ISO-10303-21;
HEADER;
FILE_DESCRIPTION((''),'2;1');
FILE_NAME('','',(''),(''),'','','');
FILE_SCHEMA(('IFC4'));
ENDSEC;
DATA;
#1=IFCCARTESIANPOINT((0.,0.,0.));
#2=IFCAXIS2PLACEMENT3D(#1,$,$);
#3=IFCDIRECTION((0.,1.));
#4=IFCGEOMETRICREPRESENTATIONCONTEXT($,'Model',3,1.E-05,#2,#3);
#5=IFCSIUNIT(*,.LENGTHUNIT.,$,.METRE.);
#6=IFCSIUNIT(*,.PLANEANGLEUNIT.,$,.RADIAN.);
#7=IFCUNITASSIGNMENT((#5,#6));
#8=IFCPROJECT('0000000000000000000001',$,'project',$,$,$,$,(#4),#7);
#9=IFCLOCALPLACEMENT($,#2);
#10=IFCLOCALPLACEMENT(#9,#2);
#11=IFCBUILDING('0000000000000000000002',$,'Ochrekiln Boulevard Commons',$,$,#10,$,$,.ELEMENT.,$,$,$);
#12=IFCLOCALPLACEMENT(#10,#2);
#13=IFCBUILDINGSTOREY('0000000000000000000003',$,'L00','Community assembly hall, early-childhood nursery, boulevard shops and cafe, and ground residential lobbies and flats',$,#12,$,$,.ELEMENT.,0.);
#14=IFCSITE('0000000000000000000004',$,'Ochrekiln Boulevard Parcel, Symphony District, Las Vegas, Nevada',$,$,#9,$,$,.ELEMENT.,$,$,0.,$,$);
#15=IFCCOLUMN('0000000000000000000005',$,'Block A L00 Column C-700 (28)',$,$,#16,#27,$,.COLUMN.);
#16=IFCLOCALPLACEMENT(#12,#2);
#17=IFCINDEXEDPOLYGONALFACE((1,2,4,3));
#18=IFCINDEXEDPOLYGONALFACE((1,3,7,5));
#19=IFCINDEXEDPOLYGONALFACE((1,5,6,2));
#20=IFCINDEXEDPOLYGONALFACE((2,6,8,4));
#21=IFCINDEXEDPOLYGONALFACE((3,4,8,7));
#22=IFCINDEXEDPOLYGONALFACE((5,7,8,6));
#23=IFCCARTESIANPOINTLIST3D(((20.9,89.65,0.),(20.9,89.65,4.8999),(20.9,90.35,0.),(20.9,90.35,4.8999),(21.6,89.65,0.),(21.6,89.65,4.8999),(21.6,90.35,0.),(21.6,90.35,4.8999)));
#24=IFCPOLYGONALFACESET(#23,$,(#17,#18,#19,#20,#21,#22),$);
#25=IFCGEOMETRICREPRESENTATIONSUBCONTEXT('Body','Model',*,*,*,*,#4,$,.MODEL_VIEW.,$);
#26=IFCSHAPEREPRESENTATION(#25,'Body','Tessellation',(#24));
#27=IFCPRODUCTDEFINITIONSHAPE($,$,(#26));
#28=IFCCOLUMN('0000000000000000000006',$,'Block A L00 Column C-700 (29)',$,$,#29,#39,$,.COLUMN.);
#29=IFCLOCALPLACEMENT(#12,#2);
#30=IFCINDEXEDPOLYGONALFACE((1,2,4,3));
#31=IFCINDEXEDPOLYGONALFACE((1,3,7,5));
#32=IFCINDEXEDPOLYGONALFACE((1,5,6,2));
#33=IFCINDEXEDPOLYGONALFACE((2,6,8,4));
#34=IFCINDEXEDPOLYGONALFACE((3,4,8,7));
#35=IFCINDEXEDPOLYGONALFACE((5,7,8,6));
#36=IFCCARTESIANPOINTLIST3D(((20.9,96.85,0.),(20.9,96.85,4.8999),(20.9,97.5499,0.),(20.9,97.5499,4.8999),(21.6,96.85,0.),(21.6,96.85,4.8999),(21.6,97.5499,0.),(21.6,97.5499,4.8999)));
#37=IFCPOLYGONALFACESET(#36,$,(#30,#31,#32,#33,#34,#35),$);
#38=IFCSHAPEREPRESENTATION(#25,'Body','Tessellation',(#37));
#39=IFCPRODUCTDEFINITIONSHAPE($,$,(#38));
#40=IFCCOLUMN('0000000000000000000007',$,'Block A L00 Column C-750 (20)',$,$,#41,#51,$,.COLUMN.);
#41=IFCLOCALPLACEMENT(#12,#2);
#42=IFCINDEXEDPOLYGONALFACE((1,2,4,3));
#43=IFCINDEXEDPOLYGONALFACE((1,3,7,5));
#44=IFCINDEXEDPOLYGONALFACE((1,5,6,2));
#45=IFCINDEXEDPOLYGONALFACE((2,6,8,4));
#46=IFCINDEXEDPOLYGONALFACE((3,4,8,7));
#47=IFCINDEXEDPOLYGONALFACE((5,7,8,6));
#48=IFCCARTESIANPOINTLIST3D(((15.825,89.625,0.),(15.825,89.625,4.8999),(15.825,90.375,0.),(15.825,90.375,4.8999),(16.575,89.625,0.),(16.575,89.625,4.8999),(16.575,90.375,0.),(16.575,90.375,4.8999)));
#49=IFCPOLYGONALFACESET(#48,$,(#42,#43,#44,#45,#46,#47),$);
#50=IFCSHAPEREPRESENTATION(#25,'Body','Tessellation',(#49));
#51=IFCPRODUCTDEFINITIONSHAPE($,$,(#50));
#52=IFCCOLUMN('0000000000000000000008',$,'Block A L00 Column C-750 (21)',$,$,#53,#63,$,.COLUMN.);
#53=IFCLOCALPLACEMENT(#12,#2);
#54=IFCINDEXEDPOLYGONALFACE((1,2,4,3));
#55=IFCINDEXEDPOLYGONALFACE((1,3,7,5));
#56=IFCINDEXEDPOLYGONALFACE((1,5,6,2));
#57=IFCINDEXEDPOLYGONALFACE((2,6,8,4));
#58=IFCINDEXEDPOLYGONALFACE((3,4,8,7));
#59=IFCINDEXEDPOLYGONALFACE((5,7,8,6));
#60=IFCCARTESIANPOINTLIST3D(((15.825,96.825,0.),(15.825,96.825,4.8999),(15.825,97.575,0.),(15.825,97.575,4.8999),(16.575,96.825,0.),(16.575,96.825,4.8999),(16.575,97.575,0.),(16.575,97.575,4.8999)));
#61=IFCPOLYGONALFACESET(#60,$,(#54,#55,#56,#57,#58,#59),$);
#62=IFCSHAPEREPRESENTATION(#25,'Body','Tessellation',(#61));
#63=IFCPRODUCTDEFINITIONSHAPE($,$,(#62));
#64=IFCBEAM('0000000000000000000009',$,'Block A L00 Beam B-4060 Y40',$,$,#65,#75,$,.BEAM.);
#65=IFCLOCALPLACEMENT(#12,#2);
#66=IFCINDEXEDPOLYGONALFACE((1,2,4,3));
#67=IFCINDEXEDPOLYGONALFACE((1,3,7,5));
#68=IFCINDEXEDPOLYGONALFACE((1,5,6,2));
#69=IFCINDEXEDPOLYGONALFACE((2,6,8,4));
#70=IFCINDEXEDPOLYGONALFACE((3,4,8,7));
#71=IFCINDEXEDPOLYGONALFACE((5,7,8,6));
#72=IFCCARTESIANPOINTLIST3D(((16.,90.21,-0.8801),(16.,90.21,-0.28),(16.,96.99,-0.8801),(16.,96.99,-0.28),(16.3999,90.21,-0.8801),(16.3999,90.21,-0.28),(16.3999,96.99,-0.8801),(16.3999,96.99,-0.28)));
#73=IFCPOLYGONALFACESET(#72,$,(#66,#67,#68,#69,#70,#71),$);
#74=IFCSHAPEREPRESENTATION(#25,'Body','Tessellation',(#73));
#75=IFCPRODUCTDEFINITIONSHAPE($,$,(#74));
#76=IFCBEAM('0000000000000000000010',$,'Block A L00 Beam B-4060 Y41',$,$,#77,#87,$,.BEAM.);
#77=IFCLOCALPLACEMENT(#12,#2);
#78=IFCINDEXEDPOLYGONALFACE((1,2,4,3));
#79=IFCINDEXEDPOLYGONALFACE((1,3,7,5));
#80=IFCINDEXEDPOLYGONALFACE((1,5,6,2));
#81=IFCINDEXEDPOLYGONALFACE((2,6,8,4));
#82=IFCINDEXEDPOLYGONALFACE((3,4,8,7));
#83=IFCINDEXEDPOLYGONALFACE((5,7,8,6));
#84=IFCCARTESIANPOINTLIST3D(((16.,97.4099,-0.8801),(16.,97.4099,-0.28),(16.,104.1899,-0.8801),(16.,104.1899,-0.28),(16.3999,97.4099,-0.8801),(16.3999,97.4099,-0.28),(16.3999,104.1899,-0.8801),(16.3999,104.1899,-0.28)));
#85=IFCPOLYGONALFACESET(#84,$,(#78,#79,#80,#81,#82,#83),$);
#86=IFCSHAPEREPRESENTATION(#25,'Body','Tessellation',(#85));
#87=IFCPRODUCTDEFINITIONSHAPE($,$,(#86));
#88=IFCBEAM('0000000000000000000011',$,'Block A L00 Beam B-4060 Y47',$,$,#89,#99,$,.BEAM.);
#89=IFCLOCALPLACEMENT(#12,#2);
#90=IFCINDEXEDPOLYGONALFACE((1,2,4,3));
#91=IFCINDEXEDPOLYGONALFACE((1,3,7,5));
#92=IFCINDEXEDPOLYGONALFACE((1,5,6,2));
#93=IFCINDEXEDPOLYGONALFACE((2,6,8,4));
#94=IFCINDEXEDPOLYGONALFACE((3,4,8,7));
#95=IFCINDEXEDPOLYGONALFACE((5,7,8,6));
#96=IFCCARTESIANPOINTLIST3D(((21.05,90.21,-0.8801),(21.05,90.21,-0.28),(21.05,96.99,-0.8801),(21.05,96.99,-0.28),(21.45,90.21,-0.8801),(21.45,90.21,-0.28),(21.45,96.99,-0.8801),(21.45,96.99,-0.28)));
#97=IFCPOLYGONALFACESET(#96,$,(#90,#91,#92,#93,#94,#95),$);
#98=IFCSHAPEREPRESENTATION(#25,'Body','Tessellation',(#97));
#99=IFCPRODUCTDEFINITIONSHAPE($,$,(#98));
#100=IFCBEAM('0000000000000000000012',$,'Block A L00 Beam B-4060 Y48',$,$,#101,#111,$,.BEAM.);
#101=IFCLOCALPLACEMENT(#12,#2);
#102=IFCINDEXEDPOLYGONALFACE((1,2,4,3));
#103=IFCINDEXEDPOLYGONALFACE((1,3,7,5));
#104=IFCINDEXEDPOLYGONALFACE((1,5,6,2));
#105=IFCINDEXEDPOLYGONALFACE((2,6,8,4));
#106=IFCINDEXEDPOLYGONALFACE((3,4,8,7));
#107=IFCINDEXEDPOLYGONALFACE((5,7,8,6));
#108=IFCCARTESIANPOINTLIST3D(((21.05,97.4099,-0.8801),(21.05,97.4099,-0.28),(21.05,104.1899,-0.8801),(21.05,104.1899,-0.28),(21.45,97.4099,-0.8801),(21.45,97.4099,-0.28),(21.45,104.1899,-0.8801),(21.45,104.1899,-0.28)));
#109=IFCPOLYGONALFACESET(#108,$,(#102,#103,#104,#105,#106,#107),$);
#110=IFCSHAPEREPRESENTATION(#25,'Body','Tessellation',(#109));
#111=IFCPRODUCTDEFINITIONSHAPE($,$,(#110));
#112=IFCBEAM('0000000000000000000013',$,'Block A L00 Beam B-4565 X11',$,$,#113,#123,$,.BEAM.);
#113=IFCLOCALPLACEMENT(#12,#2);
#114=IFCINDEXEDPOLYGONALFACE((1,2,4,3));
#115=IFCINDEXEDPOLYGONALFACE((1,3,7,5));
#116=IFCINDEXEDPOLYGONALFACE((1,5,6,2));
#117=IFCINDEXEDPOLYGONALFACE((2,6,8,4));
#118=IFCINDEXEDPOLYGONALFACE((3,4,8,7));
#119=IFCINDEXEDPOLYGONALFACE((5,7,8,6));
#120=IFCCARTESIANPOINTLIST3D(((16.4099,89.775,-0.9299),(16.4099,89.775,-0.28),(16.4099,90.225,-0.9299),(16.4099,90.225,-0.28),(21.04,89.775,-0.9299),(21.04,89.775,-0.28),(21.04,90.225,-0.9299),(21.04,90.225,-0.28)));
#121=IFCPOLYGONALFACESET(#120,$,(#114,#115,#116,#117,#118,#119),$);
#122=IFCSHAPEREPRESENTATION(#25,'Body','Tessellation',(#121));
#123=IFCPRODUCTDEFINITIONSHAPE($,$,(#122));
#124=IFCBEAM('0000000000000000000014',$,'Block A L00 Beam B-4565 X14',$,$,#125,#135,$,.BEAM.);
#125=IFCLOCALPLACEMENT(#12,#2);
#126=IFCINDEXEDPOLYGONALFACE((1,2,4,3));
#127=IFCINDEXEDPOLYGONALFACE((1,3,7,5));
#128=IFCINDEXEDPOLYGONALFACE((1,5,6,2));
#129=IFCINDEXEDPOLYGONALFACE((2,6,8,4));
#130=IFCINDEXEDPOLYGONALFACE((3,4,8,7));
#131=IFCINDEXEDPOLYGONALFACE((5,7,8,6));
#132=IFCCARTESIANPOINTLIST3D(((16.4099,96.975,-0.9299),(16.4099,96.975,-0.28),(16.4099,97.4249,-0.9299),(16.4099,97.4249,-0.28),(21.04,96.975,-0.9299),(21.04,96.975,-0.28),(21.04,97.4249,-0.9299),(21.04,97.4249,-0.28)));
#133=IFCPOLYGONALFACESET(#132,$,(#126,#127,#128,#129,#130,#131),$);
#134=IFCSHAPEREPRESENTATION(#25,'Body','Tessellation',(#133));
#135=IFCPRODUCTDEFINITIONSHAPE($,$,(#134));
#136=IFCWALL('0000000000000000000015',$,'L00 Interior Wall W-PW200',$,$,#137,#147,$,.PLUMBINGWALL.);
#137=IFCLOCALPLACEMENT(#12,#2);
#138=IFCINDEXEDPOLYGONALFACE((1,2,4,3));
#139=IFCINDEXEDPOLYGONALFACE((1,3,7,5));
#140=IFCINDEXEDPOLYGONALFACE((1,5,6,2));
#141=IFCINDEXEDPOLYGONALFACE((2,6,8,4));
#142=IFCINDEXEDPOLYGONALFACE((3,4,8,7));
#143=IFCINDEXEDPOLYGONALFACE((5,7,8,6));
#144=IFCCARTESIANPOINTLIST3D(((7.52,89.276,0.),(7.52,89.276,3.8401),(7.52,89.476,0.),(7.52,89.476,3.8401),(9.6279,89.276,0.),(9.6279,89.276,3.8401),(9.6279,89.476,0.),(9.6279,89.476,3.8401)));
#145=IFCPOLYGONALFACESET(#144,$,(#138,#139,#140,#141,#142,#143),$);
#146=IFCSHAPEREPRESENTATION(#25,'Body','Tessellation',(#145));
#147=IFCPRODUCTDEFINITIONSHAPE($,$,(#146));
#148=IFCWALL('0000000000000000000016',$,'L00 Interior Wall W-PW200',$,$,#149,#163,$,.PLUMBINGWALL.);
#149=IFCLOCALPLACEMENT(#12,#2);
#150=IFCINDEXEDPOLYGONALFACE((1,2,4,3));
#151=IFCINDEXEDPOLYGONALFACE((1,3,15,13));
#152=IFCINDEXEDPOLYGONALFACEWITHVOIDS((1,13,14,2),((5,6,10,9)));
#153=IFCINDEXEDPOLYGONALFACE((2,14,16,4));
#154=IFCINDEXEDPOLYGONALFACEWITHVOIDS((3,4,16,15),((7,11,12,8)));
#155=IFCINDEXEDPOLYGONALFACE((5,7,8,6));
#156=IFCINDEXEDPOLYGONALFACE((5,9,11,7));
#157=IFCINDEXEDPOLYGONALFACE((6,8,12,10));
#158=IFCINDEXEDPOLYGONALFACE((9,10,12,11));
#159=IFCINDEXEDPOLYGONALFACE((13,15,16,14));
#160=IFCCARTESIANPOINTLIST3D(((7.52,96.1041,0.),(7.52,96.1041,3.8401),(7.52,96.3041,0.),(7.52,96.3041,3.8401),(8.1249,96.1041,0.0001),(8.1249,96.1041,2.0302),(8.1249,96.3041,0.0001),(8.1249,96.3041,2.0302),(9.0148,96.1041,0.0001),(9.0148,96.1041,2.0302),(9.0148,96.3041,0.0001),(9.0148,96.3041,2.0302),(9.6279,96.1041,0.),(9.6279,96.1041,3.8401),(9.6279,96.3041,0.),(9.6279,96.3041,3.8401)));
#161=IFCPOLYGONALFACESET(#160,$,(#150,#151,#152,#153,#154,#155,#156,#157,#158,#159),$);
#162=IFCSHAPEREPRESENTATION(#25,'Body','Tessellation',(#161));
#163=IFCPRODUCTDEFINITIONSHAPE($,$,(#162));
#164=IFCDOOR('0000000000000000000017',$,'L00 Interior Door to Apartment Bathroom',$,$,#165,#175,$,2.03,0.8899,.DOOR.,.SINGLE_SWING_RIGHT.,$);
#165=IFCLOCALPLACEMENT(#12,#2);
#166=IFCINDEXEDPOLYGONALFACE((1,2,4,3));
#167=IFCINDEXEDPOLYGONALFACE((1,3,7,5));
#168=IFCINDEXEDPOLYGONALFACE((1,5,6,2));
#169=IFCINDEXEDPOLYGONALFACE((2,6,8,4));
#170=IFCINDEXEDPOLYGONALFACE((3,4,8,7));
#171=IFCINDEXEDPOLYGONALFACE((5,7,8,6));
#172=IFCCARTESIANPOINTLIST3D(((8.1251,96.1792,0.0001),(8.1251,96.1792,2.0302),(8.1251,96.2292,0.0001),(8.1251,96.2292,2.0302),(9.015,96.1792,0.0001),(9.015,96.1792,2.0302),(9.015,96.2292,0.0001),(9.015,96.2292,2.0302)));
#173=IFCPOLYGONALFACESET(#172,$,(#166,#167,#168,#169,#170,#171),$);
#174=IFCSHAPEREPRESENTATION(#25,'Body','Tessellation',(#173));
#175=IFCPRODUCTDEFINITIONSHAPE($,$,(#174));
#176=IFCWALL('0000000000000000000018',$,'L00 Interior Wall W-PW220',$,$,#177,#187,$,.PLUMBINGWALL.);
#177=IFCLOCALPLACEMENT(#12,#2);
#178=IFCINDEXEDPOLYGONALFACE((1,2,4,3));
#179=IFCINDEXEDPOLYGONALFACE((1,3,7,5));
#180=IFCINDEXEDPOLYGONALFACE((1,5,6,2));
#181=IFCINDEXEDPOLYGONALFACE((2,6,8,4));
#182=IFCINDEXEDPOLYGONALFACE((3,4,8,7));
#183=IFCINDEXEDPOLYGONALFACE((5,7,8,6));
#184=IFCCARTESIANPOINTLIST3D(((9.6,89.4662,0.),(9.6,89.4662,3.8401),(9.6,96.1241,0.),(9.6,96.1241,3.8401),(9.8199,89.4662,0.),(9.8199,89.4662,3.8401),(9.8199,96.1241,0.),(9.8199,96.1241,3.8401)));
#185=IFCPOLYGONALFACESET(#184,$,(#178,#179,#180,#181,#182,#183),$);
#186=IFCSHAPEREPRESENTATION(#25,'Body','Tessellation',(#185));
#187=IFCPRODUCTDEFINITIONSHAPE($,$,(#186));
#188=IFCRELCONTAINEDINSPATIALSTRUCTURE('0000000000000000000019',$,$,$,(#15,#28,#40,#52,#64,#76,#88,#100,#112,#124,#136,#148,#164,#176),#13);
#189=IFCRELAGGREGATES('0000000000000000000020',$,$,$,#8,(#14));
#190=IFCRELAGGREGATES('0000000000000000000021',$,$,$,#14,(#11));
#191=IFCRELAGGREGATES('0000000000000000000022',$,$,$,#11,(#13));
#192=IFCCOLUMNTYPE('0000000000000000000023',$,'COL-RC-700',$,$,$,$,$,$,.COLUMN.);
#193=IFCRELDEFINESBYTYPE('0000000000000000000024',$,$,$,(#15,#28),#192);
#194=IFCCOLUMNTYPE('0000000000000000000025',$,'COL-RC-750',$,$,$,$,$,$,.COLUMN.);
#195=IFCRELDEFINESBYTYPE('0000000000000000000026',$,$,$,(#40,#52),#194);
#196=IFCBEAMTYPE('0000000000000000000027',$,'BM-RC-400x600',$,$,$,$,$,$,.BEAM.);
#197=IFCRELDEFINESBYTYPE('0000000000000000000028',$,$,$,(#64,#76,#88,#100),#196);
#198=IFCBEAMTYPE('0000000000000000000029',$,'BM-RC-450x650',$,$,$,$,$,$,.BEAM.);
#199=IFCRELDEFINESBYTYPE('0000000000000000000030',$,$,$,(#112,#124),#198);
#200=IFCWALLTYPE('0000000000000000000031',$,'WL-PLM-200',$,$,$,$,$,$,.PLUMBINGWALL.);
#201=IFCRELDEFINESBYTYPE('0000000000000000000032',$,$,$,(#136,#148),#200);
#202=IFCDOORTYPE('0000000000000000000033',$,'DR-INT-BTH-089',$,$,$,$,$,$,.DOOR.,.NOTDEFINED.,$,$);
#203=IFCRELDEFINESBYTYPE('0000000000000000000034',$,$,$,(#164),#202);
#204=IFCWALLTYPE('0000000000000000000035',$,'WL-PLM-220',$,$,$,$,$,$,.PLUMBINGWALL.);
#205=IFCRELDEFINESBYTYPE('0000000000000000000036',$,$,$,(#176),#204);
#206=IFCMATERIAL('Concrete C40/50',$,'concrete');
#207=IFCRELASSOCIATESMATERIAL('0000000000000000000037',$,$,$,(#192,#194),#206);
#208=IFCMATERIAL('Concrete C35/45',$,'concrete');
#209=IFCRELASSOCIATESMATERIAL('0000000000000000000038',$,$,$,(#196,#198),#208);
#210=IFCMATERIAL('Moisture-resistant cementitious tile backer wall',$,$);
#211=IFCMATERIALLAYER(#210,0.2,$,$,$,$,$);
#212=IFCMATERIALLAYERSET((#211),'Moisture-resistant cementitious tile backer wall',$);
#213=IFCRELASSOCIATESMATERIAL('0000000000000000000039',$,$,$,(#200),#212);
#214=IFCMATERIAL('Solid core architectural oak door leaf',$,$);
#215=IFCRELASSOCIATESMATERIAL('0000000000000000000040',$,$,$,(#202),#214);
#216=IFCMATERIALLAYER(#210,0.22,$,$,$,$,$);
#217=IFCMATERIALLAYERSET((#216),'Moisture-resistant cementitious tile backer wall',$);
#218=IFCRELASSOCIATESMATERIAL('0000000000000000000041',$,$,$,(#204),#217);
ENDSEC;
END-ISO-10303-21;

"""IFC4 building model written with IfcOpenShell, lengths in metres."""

from ifc_helpers import new_model, si_unit, direction, frame, frame_2d, origin, origin_2d, place, context, subcontext, project, spatial, rectangle, extrude, material, layer, layer_set, material_profile, profile_set, type_object, element, fill, save


model = new_model("IFC4")

# Units and contexts
model_context = context("Model", 3, precision=1e-05, world=origin(), true_north=direction((0.0, 1.0)))
body_context = subcontext(model_context, "Body", "Model", "MODEL_VIEW")
ifc_project = project(units=[si_unit("LENGTHUNIT", "METRE"), si_unit("PLANEANGLEUNIT", "RADIAN")], contexts=[model_context])

# Site, building, storey
site_placement = place(None, origin())
site = spatial("IfcSite", under=ifc_project, at=site_placement, Name="Ochrekiln Boulevard Parcel, Symphony District, Las Vegas, Nevada", CompositionType="ELEMENT", RefElevation=0.0)
building_placement = place(site_placement, origin())
building = spatial("IfcBuilding", under=site, at=building_placement, Name="Ochrekiln Boulevard Commons", CompositionType="ELEMENT")
storey_placement = place(building_placement, origin())
storey = spatial("IfcBuildingStorey", under=building, at=storey_placement, Name="L00", Description="Community assembly hall, early-childhood nursery, boulevard shops and cafe, and ground residential lobbies and flats", CompositionType="ELEMENT", Elevation=0.0)

# Columns
ifc_material_1 = material(Name="Concrete C40/50", Category="concrete")
ifc_material_profile_1 = material_profile(ifc_material_1, rectangle(XDim=0.7, YDim=0.7, at=origin_2d()), Name="RC-COL-700x700")
ifc_profile_set_1 = profile_set([ifc_material_profile_1], Name="Concrete C40/50")
column_type_1 = type_object("IfcColumnType", Name="COL-RC-700", PredefinedType="COLUMN", material=ifc_profile_set_1)
for number, where, z_axis, x_axis, name in (
    (1, (21.25, 90.0, 0.0), (0.0, 0.0, 1.0), (1.0, 0.0, 0.0), "Block A L00 Column C-700 (28)"),
    (2, (21.25, 97.2, 0.0), (0.0, 0.0, 1.0), (1.0, 0.0, 0.0), "Block A L00 Column C-700 (29)"),
):
    element("IfcColumn", number, at=place(storey_placement, frame(where, z_axis=z_axis, x_axis=x_axis)), inside=storey, type_object=column_type_1, Name=name, PredefinedType="COLUMN", context=body_context, shape_type="SweptSolid", body=[
        extrude(rectangle(XDim=0.7, YDim=0.7, at=origin_2d()), origin(), (0.0, 0.0, 1.0), 4.8999),
    ])
ifc_material_profile_2 = material_profile(ifc_material_1, rectangle(XDim=0.75, YDim=0.75, at=origin_2d()), Name="RC-COL-750x750")
ifc_profile_set_2 = profile_set([ifc_material_profile_2], Name="Concrete C40/50")
column_type_2 = type_object("IfcColumnType", Name="COL-RC-750", PredefinedType="COLUMN", material=ifc_profile_set_2)
for number, where, z_axis, x_axis, name in (
    (3, (16.2, 90.0, 0.0), (0.0, 0.0, 1.0), (1.0, 0.0, 0.0), "Block A L00 Column C-750 (20)"),
    (4, (16.2, 97.2, 0.0), (0.0, 0.0, 1.0), (1.0, 0.0, 0.0), "Block A L00 Column C-750 (21)"),
):
    element("IfcColumn", number, at=place(storey_placement, frame(where, z_axis=z_axis, x_axis=x_axis)), inside=storey, type_object=column_type_2, Name=name, PredefinedType="COLUMN", context=body_context, shape_type="SweptSolid", body=[
        extrude(rectangle(XDim=0.75, YDim=0.75, at=origin_2d()), origin(), (0.0, 0.0, 1.0), 4.8999),
    ])

# Beams
ifc_material_2 = material(Name="Concrete C35/45", Category="concrete")
ifc_material_profile_3 = material_profile(ifc_material_2, rectangle(XDim=0.3999, YDim=0.6001, at=origin_2d()), Name="RC-BM-400x600")
ifc_profile_set_3 = profile_set([ifc_material_profile_3], Name="Concrete C35/45")
beam_type_1 = type_object("IfcBeamType", Name="BM-RC-400x600", PredefinedType="BEAM", material=ifc_profile_set_3)
for number, where, z_axis, x_axis, name in (
    (5, (16.2, 90.21, -0.5801), (0.0, 1.0, 0.0), (-1.0, 0.0, 0.0), "Block A L00 Beam B-4060 Y40"),
    (6, (16.2, 97.4099, -0.5801), (0.0, 1.0, 0.0), (-1.0, 0.0, 0.0), "Block A L00 Beam B-4060 Y41"),
    (7, (21.25, 90.21, -0.5801), (0.0, 1.0, 0.0), (-1.0, 0.0, 0.0), "Block A L00 Beam B-4060 Y47"),
    (8, (21.25, 97.4099, -0.5801), (0.0, 1.0, 0.0), (-1.0, 0.0, 0.0), "Block A L00 Beam B-4060 Y48"),
):
    element("IfcBeam", number, at=place(storey_placement, frame(where, z_axis=z_axis, x_axis=x_axis)), inside=storey, type_object=beam_type_1, Name=name, PredefinedType="BEAM", context=body_context, shape_type="SweptSolid", body=[
        extrude(rectangle(XDim=0.3999, YDim=0.6001, at=origin_2d()), origin(), (0.0, 0.0, 1.0), 6.78),
    ])
ifc_material_profile_4 = material_profile(ifc_material_2, rectangle(XDim=0.45, YDim=0.6499, at=origin_2d()), Name="RC-BM-450x650")
ifc_profile_set_4 = profile_set([ifc_material_profile_4], Name="Concrete C35/45")
beam_type_2 = type_object("IfcBeamType", Name="BM-RC-450x650", PredefinedType="BEAM", material=ifc_profile_set_4)
for number, where, z_axis, x_axis, name in (
    (9, (16.4099, 90.0, -0.605), (1.0, 0.0, 0.0), (0.0, 1.0, 0.0), "Block A L00 Beam B-4565 X11"),
    (10, (16.4099, 97.2, -0.605), (1.0, 0.0, 0.0), (0.0, 1.0, 0.0), "Block A L00 Beam B-4565 X14"),
):
    element("IfcBeam", number, at=place(storey_placement, frame(where, z_axis=z_axis, x_axis=x_axis)), inside=storey, type_object=beam_type_2, Name=name, PredefinedType="BEAM", context=body_context, shape_type="SweptSolid", body=[
        extrude(rectangle(XDim=0.45, YDim=0.6499, at=origin_2d()), origin(), (0.0, 0.0, 1.0), 4.6301),
    ])

# Wall
ifc_material_3 = material(Name="Moisture-resistant cementitious tile backer wall")
ifc_layer_1 = layer(ifc_material_3, 0.2)
ifc_layer_set_1 = layer_set([ifc_layer_1], Name="Moisture-resistant cementitious tile backer wall")
wall_type_1 = type_object("IfcWallType", Name="WL-PLM-200", PredefinedType="PLUMBINGWALL", material=ifc_layer_set_1)
wall_1_placement = place(storey_placement, frame((7.52, 89.376, 0.0), z_axis=(0.0, 0.0, 1.0), x_axis=(1.0, 0.0, 0.0)))
element("IfcWall", 11, at=wall_1_placement, inside=storey, type_object=wall_type_1, Name="L00 Interior Wall W-PW200", PredefinedType="PLUMBINGWALL", context=body_context, shape_type="SweptSolid", body=[
    extrude(rectangle(XDim=2.1079, YDim=0.2, at=frame_2d((1.054, 0.0))), origin(), (0.0, 0.0, 1.0), 3.8401),
])

# Wall, opening, door
wall_2_placement = place(storey_placement, frame((7.52, 96.2041, 0.0), z_axis=(0.0, 0.0, 1.0), x_axis=(1.0, 0.0, 0.0)))
wall_2 = element("IfcWall", 12, at=wall_2_placement, inside=storey, type_object=wall_type_1, Name="L00 Interior Wall W-PW200", PredefinedType="PLUMBINGWALL", context=body_context, shape_type="SweptSolid", body=[
    extrude(rectangle(XDim=2.1079, YDim=0.2, at=frame_2d((1.054, 0.0))), origin(), (0.0, 0.0, 1.0), 3.8401),
])
opening_1_placement = place(wall_2_placement, frame((0.605, 0.0, 0.0)))
opening_1 = element("IfcOpeningElement", 13, at=opening_1_placement, cuts=wall_2, PredefinedType="OPENING", context=body_context, shape_type="SweptSolid", body=[
    extrude(rectangle(XDim=0.8899, YDim=2.03, at=frame_2d((0.4448, 1.0151))), frame((0.0, 0.1099, 0.0), z_axis=(0.0, -1.0, 0.0), x_axis=(1.0, 0.0, 0.0)), (0.0, 0.0, 1.0), 0.22),
])
ifc_material_4 = material(Name="Solid core architectural oak door leaf")
door_type_1 = type_object("IfcDoorType", Name="DR-INT-BTH-089", OperationType="NOTDEFINED", PredefinedType="DOOR", material=ifc_material_4)
door_1_placement = place(opening_1_placement, frame((0.8899, 0.0, 0.0), z_axis=(0.0, 0.0, 1.0), x_axis=(-1.0, 0.0, 0.0)))
door_1 = element("IfcDoor", 14, at=door_1_placement, inside=storey, type_object=door_type_1, Name="L00 Interior Door to Apartment Bathroom", OperationType="SINGLE_SWING_RIGHT", OverallHeight=2.03, OverallWidth=0.8899, PredefinedType="DOOR", context=body_context, shape_type="SweptSolid", body=[
    extrude(rectangle(XDim=0.8899, YDim=2.03, at=frame_2d((0.4448, 1.0151))), frame((0.0, 0.0249, 0.0), z_axis=(0.0, -1.0, 0.0), x_axis=(1.0, 0.0, 0.0)), (0.0, 0.0, 1.0), 0.05),
])
fill(opening_1, door_1)

# Wall
ifc_layer_2 = layer(ifc_material_3, 0.22)
ifc_layer_set_2 = layer_set([ifc_layer_2], Name="Moisture-resistant cementitious tile backer wall")
wall_type_2 = type_object("IfcWallType", Name="WL-PLM-220", PredefinedType="PLUMBINGWALL", material=ifc_layer_set_2)
wall_3_placement = place(storey_placement, frame((9.71, 89.4661, 0.0), z_axis=(0.0, 0.0, 1.0), x_axis=(0.0, 1.0, 0.0)))
element("IfcWall", 15, at=wall_3_placement, inside=storey, type_object=wall_type_2, Name="L00 Interior Wall W-PW220", PredefinedType="PLUMBINGWALL", context=body_context, shape_type="SweptSolid", body=[
    extrude(rectangle(XDim=6.658, YDim=0.22, at=frame_2d((3.3291, 0.0))), origin(), (0.0, 0.0, 1.0), 3.8401),
])

save(model, "model.ifc")
